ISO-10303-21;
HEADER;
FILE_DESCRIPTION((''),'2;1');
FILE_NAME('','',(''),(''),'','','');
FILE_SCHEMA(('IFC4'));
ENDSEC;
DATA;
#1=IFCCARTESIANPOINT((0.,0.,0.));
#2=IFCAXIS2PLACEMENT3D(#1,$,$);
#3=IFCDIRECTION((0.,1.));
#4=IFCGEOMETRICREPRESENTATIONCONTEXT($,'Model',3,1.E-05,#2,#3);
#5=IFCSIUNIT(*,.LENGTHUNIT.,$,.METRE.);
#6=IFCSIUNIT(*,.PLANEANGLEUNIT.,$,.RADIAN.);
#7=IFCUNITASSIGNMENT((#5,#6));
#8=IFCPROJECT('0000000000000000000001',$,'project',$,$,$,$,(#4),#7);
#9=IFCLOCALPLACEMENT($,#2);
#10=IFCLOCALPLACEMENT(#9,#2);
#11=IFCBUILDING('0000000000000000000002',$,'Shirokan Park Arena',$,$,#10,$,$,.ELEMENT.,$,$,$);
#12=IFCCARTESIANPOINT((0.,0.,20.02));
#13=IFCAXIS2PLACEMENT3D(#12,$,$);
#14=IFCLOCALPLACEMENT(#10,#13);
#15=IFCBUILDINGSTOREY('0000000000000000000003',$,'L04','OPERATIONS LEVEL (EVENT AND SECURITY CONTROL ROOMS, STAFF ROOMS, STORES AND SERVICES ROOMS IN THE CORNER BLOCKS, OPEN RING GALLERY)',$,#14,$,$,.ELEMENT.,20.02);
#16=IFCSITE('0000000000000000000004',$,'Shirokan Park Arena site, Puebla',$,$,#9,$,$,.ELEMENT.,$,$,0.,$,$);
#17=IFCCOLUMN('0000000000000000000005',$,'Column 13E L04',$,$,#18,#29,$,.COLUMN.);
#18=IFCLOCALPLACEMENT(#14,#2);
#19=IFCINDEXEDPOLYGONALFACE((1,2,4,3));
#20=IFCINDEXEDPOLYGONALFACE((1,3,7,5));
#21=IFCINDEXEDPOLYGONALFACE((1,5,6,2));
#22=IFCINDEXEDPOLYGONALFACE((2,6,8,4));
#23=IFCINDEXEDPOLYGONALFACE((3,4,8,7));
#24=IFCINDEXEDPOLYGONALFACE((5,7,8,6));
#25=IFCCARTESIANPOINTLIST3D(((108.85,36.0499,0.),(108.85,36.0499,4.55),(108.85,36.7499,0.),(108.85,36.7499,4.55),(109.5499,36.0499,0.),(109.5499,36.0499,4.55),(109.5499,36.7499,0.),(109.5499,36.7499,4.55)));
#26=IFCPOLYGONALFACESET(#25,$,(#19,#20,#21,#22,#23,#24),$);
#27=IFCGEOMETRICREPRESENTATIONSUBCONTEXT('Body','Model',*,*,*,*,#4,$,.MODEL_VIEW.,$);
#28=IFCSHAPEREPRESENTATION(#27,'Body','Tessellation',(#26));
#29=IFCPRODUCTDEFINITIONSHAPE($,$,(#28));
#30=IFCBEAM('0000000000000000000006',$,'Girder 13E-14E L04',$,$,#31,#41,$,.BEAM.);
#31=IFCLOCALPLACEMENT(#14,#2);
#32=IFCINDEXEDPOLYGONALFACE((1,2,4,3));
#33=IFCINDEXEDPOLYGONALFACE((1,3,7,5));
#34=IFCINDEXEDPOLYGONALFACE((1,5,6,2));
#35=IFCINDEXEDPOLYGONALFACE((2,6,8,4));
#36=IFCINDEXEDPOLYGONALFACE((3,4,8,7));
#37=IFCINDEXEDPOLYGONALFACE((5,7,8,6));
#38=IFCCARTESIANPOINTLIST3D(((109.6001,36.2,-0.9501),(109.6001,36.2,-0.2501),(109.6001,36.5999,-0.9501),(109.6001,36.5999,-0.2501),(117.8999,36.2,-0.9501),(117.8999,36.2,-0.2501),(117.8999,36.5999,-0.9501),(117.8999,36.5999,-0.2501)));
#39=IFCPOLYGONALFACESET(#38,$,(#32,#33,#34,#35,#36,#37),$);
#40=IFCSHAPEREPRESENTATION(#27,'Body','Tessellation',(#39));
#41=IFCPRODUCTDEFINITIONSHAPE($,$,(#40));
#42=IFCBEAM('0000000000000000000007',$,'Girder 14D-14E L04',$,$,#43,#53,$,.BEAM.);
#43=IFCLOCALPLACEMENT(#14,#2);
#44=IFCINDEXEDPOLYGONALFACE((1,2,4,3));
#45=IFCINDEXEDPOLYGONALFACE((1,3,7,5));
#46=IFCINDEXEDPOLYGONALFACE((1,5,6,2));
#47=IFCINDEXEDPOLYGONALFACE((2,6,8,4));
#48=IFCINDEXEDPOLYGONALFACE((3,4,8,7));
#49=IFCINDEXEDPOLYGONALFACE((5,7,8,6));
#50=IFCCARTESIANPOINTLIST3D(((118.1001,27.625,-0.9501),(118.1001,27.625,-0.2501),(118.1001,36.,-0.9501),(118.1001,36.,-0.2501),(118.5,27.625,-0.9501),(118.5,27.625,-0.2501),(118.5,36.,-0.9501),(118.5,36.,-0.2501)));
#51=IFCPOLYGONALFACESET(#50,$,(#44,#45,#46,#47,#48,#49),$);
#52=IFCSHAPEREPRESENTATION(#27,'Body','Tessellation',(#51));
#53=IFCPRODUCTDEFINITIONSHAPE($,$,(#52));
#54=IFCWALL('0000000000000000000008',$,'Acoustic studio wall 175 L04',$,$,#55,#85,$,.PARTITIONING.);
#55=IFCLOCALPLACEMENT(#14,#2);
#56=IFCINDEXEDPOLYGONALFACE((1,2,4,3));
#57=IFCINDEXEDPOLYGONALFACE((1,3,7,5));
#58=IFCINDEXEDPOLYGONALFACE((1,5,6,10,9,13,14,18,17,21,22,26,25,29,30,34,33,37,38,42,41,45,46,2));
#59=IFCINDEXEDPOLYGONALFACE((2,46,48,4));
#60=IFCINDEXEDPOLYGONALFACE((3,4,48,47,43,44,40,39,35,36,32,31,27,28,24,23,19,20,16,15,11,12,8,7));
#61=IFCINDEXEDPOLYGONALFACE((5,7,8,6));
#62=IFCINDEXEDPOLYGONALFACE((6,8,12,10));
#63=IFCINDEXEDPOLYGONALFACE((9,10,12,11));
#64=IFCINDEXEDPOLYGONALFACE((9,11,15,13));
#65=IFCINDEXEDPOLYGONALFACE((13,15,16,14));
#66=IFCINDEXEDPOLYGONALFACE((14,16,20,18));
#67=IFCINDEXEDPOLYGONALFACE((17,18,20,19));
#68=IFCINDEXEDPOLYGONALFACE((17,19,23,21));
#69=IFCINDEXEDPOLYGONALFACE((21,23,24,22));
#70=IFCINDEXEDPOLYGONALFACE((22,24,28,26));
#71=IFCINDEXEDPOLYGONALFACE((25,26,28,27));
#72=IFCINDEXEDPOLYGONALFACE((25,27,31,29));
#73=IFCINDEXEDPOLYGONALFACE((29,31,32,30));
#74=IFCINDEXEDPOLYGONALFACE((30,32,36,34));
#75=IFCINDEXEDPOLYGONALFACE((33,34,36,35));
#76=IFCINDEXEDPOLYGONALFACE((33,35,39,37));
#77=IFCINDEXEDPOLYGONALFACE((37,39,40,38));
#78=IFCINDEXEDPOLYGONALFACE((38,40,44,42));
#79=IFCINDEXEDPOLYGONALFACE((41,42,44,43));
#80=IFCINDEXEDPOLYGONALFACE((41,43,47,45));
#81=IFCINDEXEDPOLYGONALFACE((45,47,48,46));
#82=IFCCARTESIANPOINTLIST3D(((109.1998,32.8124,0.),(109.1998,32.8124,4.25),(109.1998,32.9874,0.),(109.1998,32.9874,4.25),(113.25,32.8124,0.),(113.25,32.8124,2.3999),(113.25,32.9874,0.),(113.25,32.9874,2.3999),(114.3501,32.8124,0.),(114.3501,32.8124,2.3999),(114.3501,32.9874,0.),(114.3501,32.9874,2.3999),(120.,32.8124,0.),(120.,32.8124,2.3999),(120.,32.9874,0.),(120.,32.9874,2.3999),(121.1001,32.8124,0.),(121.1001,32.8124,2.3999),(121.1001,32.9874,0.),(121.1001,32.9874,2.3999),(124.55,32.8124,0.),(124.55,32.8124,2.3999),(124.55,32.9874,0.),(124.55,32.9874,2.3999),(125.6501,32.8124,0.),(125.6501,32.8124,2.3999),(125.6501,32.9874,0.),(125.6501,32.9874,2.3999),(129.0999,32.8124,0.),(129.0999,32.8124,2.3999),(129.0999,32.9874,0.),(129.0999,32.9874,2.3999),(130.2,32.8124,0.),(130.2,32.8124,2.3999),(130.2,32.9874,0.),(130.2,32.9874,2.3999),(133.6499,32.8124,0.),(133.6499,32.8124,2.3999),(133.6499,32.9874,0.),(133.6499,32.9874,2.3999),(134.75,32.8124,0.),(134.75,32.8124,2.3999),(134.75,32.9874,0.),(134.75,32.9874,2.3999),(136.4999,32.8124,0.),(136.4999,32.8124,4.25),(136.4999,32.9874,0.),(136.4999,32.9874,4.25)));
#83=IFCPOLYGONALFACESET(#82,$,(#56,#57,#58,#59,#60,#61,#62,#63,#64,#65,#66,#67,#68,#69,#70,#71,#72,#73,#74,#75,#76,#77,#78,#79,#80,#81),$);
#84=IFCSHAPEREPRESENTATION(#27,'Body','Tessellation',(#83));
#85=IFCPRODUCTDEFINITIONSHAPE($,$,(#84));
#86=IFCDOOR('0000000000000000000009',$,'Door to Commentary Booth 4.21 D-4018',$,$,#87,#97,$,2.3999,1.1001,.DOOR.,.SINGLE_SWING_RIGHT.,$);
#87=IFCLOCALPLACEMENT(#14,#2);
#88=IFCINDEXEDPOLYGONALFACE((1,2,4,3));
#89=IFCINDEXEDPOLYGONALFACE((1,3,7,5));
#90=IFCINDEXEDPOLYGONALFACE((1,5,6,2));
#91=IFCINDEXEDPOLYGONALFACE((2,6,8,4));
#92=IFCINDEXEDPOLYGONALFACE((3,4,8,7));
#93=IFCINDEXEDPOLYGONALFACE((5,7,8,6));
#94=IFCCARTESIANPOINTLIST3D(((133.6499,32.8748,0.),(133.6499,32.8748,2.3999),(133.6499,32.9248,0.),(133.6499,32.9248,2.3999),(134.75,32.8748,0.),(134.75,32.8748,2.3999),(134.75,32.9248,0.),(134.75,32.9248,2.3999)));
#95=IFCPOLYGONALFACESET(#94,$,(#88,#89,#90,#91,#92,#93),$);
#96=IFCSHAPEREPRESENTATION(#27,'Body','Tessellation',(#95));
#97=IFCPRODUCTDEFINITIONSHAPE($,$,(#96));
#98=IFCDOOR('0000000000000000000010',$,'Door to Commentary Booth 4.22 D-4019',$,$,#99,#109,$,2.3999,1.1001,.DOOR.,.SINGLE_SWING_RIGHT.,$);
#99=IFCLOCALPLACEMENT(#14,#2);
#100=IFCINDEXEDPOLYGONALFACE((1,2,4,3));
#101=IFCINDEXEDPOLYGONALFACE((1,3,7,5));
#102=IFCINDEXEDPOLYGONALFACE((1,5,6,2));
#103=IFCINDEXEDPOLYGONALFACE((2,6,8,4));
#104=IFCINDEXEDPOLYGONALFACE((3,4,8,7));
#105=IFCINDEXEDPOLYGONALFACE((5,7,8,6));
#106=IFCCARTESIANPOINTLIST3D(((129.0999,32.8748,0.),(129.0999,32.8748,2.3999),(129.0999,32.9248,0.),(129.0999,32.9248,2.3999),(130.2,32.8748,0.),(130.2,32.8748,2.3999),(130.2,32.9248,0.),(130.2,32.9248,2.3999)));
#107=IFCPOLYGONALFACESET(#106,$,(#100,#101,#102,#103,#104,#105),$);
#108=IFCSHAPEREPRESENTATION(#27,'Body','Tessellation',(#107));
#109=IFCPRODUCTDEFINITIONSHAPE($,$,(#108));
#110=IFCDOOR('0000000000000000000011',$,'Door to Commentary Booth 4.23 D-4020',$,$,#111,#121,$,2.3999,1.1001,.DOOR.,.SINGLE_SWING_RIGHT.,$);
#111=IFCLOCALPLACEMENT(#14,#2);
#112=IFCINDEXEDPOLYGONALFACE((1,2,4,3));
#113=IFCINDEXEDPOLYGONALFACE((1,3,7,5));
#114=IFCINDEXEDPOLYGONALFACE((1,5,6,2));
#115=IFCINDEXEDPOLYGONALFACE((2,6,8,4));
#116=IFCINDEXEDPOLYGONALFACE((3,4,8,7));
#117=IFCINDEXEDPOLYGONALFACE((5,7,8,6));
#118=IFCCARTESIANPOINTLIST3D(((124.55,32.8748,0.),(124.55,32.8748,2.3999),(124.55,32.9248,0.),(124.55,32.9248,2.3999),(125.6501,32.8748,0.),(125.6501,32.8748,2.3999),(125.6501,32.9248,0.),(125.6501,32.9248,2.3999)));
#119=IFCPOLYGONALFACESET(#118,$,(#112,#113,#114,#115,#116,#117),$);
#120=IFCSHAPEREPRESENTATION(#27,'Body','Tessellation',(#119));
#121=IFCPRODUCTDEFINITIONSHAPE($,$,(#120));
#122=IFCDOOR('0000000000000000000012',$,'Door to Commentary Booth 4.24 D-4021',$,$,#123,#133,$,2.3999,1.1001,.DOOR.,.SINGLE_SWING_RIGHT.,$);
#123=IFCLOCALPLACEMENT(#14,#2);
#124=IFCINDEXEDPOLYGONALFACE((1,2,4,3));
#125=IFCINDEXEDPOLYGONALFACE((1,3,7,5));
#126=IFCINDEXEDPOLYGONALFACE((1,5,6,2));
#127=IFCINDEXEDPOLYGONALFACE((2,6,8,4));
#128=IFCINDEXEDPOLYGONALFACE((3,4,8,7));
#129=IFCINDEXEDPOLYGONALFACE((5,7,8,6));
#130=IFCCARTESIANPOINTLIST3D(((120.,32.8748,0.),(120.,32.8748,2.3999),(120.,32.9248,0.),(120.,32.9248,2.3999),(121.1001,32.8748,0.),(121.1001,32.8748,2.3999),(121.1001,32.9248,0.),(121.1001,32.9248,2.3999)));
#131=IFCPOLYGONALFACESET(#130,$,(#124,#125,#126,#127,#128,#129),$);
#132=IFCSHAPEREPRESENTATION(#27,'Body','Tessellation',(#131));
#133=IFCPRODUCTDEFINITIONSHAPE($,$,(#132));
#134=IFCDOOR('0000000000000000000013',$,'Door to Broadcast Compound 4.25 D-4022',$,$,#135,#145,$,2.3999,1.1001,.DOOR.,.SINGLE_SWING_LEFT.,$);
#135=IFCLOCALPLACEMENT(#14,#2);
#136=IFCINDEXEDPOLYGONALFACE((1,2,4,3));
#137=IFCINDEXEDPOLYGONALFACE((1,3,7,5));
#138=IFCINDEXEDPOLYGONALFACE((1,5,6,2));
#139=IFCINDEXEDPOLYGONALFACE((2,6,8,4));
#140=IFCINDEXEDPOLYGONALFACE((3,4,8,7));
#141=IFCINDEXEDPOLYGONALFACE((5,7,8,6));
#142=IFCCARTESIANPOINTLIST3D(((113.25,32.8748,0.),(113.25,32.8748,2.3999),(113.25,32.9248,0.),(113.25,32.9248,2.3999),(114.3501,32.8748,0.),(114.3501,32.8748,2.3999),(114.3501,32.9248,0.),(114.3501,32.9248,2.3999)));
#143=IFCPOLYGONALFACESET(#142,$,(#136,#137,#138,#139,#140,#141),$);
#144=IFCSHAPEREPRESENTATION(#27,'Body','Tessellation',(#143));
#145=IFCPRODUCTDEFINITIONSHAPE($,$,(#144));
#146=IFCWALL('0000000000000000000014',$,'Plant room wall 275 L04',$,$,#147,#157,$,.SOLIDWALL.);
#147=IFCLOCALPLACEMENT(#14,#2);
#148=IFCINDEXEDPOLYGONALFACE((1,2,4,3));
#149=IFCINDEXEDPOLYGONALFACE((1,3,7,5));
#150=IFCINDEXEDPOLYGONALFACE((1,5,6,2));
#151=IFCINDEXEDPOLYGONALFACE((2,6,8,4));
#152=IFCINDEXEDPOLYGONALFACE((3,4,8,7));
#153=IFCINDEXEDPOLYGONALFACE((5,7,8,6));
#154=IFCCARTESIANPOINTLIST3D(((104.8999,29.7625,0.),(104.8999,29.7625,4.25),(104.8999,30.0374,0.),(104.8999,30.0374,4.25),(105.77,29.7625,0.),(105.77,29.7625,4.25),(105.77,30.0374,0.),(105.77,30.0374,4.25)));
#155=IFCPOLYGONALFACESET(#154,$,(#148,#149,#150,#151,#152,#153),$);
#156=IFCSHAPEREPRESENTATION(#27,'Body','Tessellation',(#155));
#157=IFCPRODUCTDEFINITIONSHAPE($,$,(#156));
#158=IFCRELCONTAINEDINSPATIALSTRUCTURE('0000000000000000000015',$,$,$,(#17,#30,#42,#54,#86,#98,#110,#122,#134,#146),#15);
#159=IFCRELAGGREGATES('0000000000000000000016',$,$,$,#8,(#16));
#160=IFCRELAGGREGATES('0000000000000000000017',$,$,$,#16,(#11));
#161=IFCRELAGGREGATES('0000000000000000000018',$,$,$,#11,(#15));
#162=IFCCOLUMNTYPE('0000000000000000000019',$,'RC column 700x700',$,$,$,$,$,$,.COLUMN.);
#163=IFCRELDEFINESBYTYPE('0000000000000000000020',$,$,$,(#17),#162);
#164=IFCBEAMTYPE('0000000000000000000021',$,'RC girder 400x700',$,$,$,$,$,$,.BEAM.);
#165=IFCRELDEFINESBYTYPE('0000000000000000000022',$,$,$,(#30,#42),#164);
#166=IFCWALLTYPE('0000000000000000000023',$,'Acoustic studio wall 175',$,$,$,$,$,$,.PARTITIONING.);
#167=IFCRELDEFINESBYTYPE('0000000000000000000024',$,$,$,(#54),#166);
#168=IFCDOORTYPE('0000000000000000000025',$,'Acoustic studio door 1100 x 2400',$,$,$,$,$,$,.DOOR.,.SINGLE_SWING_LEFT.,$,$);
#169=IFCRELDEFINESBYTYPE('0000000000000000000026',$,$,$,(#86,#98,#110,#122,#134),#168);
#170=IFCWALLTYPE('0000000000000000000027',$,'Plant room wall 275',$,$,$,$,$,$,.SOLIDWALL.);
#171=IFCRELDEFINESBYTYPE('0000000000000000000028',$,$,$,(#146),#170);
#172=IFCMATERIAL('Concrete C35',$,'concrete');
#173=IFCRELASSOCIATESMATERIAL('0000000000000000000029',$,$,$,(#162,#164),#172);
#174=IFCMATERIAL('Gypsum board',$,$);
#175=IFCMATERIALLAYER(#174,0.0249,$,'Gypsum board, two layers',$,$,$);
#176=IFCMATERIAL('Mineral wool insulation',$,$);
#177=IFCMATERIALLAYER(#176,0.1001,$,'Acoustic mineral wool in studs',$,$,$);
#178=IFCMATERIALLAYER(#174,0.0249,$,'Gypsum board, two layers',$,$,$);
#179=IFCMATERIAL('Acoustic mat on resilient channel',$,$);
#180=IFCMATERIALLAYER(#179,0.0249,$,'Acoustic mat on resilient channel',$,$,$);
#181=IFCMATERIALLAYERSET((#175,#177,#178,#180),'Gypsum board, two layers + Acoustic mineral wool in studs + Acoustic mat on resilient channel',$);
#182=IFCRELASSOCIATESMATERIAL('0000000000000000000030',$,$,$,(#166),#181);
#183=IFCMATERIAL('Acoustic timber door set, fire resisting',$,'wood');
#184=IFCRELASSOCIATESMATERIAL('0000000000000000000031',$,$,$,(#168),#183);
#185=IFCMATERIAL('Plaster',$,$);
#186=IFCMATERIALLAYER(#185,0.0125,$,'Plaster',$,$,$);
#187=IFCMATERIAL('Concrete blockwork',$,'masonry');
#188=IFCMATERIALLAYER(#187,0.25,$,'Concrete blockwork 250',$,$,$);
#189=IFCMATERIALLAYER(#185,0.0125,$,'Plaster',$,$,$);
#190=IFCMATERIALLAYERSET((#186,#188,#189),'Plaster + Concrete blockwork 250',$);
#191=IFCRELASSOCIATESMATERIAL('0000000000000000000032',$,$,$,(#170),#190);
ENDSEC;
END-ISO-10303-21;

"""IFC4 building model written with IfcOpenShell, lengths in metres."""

from ifc_helpers import new_model, si_unit, direction, frame, frame_2d, origin, origin_2d, place, context, subcontext, project, spatial, rectangle, extrude, material, layer, layer_set, material_profile, profile_set, type_object, element, fill, save


model = new_model("IFC4")

# Units and contexts
model_context = context("Model", 3, precision=1e-05, world=origin(), true_north=direction((0.0, 1.0)))
body_context = subcontext(model_context, "Body", "Model", "MODEL_VIEW")
ifc_project = project(units=[si_unit("LENGTHUNIT", "METRE"), si_unit("PLANEANGLEUNIT", "RADIAN")], contexts=[model_context])

# Site, building, storey
site_placement = place(None, origin())
site = spatial("IfcSite", under=ifc_project, at=site_placement, Name="Shirokan Park Arena site, Puebla", CompositionType="ELEMENT", RefElevation=0.0)
building_placement = place(site_placement, origin())
building = spatial("IfcBuilding", under=site, at=building_placement, Name="Shirokan Park Arena", CompositionType="ELEMENT")
storey_placement = place(building_placement, frame((0.0, 0.0, 20.02)))
storey = spatial("IfcBuildingStorey", under=building, at=storey_placement, Name="L04", Description="OPERATIONS LEVEL (EVENT AND SECURITY CONTROL ROOMS, STAFF ROOMS, STORES AND SERVICES ROOMS IN THE CORNER BLOCKS, OPEN RING GALLERY)", CompositionType="ELEMENT", Elevation=20.02)

# Column
ifc_material_1 = material(Name="Concrete C35", Category="concrete")
ifc_material_profile_1 = material_profile(ifc_material_1, rectangle(XDim=0.7, YDim=0.7, at=origin_2d()), Name="700x700")
ifc_profile_set_1 = profile_set([ifc_material_profile_1], Name="Concrete C35")
column_type = type_object("IfcColumnType", Name="RC column 700x700", PredefinedType="COLUMN", material=ifc_profile_set_1)
column_placement = place(storey_placement, frame((109.2, 36.3999, 0.0), z_axis=(0.0, 0.0, 1.0), x_axis=(1.0, 0.0, 0.0)))
element("IfcColumn", 1, at=column_placement, inside=storey, type_object=column_type, Name="Column 13E L04", PredefinedType="COLUMN", context=body_context, shape_type="SweptSolid", body=[
    extrude(rectangle(XDim=0.7, YDim=0.7, at=origin_2d()), origin(), (0.0, 0.0, 1.0), 4.55),
])

# Beams
ifc_material_profile_2 = material_profile(ifc_material_1, rectangle(XDim=0.3999, YDim=0.7, at=origin_2d()), Name="400x700")
ifc_profile_set_2 = profile_set([ifc_material_profile_2], Name="Concrete C35")
beam_type = type_object("IfcBeamType", Name="RC girder 400x700", PredefinedType="BEAM", material=ifc_profile_set_2)
beam_1_placement = place(storey_placement, frame((109.6001, 36.3999, -0.6001), z_axis=(1.0, 0.0, 0.0), x_axis=(0.0, 1.0, 0.0)))
element("IfcBeam", 2, at=beam_1_placement, inside=storey, type_object=beam_type, Name="Girder 13E-14E L04", PredefinedType="BEAM", context=body_context, shape_type="SweptSolid", body=[
    extrude(rectangle(XDim=0.3999, YDim=0.7, at=origin_2d()), origin(), (0.0, 0.0, 1.0), 8.2998),
])
beam_2_placement = place(storey_placement, frame((118.3, 27.625, -0.6001), z_axis=(0.0, 1.0, 0.0), x_axis=(-1.0, 0.0, 0.0)))
element("IfcBeam", 3, at=beam_2_placement, inside=storey, type_object=beam_type, Name="Girder 14D-14E L04", PredefinedType="BEAM", context=body_context, shape_type="SweptSolid", body=[
    extrude(rectangle(XDim=0.3999, YDim=0.7, at=origin_2d()), origin(), (0.0, 0.0, 1.0), 8.375),
])

# Wall, openings, doors
ifc_material_2 = material(Name="Gypsum board")
ifc_layer_1 = layer(ifc_material_2, 0.0249, Name="Gypsum board, two layers")
ifc_material_3 = material(Name="Mineral wool insulation")
ifc_layer_2 = layer(ifc_material_3, 0.1001, Name="Acoustic mineral wool in studs")
ifc_layer_3 = layer(ifc_material_2, 0.0249, Name="Gypsum board, two layers")
ifc_material_4 = material(Name="Acoustic mat on resilient channel")
ifc_layer_4 = layer(ifc_material_4, 0.0249, Name="Acoustic mat on resilient channel")
ifc_layer_set_1 = layer_set([ifc_layer_1, ifc_layer_2, ifc_layer_3, ifc_layer_4], Name="Gypsum board, two layers + Acoustic mineral wool in studs + Acoustic mat on resilient channel")
wall_type_1 = type_object("IfcWallType", Name="Acoustic studio wall 175", PredefinedType="PARTITIONING", material=ifc_layer_set_1)
wall_1_placement = place(storey_placement, frame((109.2, 32.8999, 0.0), z_axis=(0.0, 0.0, 1.0), x_axis=(1.0, 0.0, 0.0)))
wall_1 = element("IfcWall", 4, at=wall_1_placement, inside=storey, type_object=wall_type_1, Name="Acoustic studio wall 175 L04", PredefinedType="PARTITIONING", context=body_context, shape_type="SweptSolid", body=[
    extrude(rectangle(XDim=27.3, YDim=0.175, at=frame_2d((13.6499, 0.0))), origin(), (0.0, 0.0, 1.0), 4.25),
])
opening_1_placement = place(wall_1_placement, frame((24.45, 0.0, 0.0)))
opening_1 = element("IfcOpeningElement", 5, at=opening_1_placement, cuts=wall_1, PredefinedType="OPENING", context=body_context, shape_type="SweptSolid", body=[
    extrude(rectangle(XDim=1.1001, YDim=2.3999, at=frame_2d((0.55, 1.2))), frame((0.0, 0.0974, 0.0), z_axis=(0.0, -1.0, 0.0), x_axis=(1.0, 0.0, 0.0)), (0.0, 0.0, 1.0), 0.1951),
])
opening_2_placement = place(wall_1_placement, frame((19.8999, 0.0, 0.0)))
opening_2 = element("IfcOpeningElement", 6, at=opening_2_placement, cuts=wall_1, PredefinedType="OPENING", context=body_context, shape_type="SweptSolid", body=[
    extrude(rectangle(XDim=1.1001, YDim=2.3999, at=frame_2d((0.55, 1.2))), frame((0.0, 0.0974, 0.0), z_axis=(0.0, -1.0, 0.0), x_axis=(1.0, 0.0, 0.0)), (0.0, 0.0, 1.0), 0.1951),
])
opening_3_placement = place(wall_1_placement, frame((15.3501, 0.0, 0.0)))
opening_3 = element("IfcOpeningElement", 7, at=opening_3_placement, cuts=wall_1, PredefinedType="OPENING", context=body_context, shape_type="SweptSolid", body=[
    extrude(rectangle(XDim=1.1001, YDim=2.3999, at=frame_2d((0.55, 1.2))), frame((0.0, 0.0974, 0.0), z_axis=(0.0, -1.0, 0.0), x_axis=(1.0, 0.0, 0.0)), (0.0, 0.0, 1.0), 0.1951),
])
opening_4_placement = place(wall_1_placement, frame((10.8, 0.0, 0.0)))
opening_4 = element("IfcOpeningElement", 8, at=opening_4_placement, cuts=wall_1, PredefinedType="OPENING", context=body_context, shape_type="SweptSolid", body=[
    extrude(rectangle(XDim=1.1001, YDim=2.3999, at=frame_2d((0.55, 1.2))), frame((0.0, 0.0974, 0.0), z_axis=(0.0, -1.0, 0.0), x_axis=(1.0, 0.0, 0.0)), (0.0, 0.0, 1.0), 0.1951),
])
opening_5_placement = place(wall_1_placement, frame((4.05, 0.0, 0.0)))
opening_5 = element("IfcOpeningElement", 9, at=opening_5_placement, cuts=wall_1, PredefinedType="OPENING", context=body_context, shape_type="SweptSolid", body=[
    extrude(rectangle(XDim=1.1001, YDim=2.3999, at=frame_2d((0.55, 1.2))), frame((0.0, 0.0974, 0.0), z_axis=(0.0, -1.0, 0.0), x_axis=(1.0, 0.0, 0.0)), (0.0, 0.0, 1.0), 0.1951),
])
ifc_material_5 = material(Name="Acoustic timber door set, fire resisting", Category="wood")
door_type_1 = type_object("IfcDoorType", Name="Acoustic studio door 1100 x 2400", OperationType="SINGLE_SWING_LEFT", PredefinedType="DOOR", material=ifc_material_5)
door_1_placement = place(opening_1_placement, origin())
door_1 = element("IfcDoor", 10, at=door_1_placement, inside=storey, type_object=door_type_1, Name="Door to Commentary Booth 4.21 D-4018", OperationType="SINGLE_SWING_RIGHT", OverallHeight=2.3999, OverallWidth=1.1001, PredefinedType="DOOR", context=body_context, shape_type="SweptSolid", body=[
    extrude(rectangle(XDim=1.1001, YDim=2.3999, at=frame_2d((0.55, 1.2))), frame((0.0, 0.0249, 0.0), z_axis=(0.0, -1.0, 0.0), x_axis=(1.0, 0.0, 0.0)), (0.0, 0.0, 1.0), 0.05),
])
fill(opening_1, door_1)
door_2_placement = place(opening_2_placement, origin())
door_2 = element("IfcDoor", 11, at=door_2_placement, inside=storey, type_object=door_type_1, Name="Door to Commentary Booth 4.22 D-4019", OperationType="SINGLE_SWING_RIGHT", OverallHeight=2.3999, OverallWidth=1.1001, PredefinedType="DOOR", context=body_context, shape_type="SweptSolid", body=[
    extrude(rectangle(XDim=1.1001, YDim=2.3999, at=frame_2d((0.55, 1.2))), frame((0.0, 0.0249, 0.0), z_axis=(0.0, -1.0, 0.0), x_axis=(1.0, 0.0, 0.0)), (0.0, 0.0, 1.0), 0.05),
])
fill(opening_2, door_2)
door_3_placement = place(opening_3_placement, origin())
door_3 = element("IfcDoor", 12, at=door_3_placement, inside=storey, type_object=door_type_1, Name="Door to Commentary Booth 4.23 D-4020", OperationType="SINGLE_SWING_RIGHT", OverallHeight=2.3999, OverallWidth=1.1001, PredefinedType="DOOR", context=body_context, shape_type="SweptSolid", body=[
    extrude(rectangle(XDim=1.1001, YDim=2.3999, at=frame_2d((0.55, 1.2))), frame((0.0, 0.0249, 0.0), z_axis=(0.0, -1.0, 0.0), x_axis=(1.0, 0.0, 0.0)), (0.0, 0.0, 1.0), 0.05),
])
fill(opening_3, door_3)
door_4_placement = place(opening_4_placement, origin())
door_4 = element("IfcDoor", 13, at=door_4_placement, inside=storey, type_object=door_type_1, Name="Door to Commentary Booth 4.24 D-4021", OperationType="SINGLE_SWING_RIGHT", OverallHeight=2.3999, OverallWidth=1.1001, PredefinedType="DOOR", context=body_context, shape_type="SweptSolid", body=[
    extrude(rectangle(XDim=1.1001, YDim=2.3999, at=frame_2d((0.55, 1.2))), frame((0.0, 0.0249, 0.0), z_axis=(0.0, -1.0, 0.0), x_axis=(1.0, 0.0, 0.0)), (0.0, 0.0, 1.0), 0.05),
])
fill(opening_4, door_4)
door_5_placement = place(opening_5_placement, origin())
door_5 = element("IfcDoor", 14, at=door_5_placement, inside=storey, type_object=door_type_1, Name="Door to Broadcast Compound 4.25 D-4022", OperationType="SINGLE_SWING_LEFT", OverallHeight=2.3999, OverallWidth=1.1001, PredefinedType="DOOR", context=body_context, shape_type="SweptSolid", body=[
    extrude(rectangle(XDim=1.1001, YDim=2.3999, at=frame_2d((0.55, 1.2))), frame((0.0, 0.0249, 0.0), z_axis=(0.0, -1.0, 0.0), x_axis=(1.0, 0.0, 0.0)), (0.0, 0.0, 1.0), 0.05),
])
fill(opening_5, door_5)

# Wall
ifc_material_6 = material(Name="Plaster")
ifc_layer_5 = layer(ifc_material_6, 0.0125, Name="Plaster")
ifc_material_7 = material(Name="Concrete blockwork", Category="masonry")
ifc_layer_6 = layer(ifc_material_7, 0.25, Name="Concrete blockwork 250")
ifc_layer_7 = layer(ifc_material_6, 0.0125, Name="Plaster")
ifc_layer_set_2 = layer_set([ifc_layer_5, ifc_layer_6, ifc_layer_7], Name="Plaster + Concrete blockwork 250")
wall_type_2 = type_object("IfcWallType", Name="Plant room wall 275", PredefinedType="SOLIDWALL", material=ifc_layer_set_2)
wall_2_placement = place(storey_placement, frame((104.8999, 29.8999, 0.0), z_axis=(0.0, 0.0, 1.0), x_axis=(1.0, 0.0, 0.0)))
element("IfcWall", 15, at=wall_2_placement, inside=storey, type_object=wall_type_2, Name="Plant room wall 275 L04", PredefinedType="SOLIDWALL", context=body_context, shape_type="SweptSolid", body=[
    extrude(rectangle(XDim=0.8701, YDim=0.2749, at=frame_2d((0.4351, 0.0))), origin(), (0.0, 0.0, 1.0), 4.25),
])

save(model, "model.ifc")
